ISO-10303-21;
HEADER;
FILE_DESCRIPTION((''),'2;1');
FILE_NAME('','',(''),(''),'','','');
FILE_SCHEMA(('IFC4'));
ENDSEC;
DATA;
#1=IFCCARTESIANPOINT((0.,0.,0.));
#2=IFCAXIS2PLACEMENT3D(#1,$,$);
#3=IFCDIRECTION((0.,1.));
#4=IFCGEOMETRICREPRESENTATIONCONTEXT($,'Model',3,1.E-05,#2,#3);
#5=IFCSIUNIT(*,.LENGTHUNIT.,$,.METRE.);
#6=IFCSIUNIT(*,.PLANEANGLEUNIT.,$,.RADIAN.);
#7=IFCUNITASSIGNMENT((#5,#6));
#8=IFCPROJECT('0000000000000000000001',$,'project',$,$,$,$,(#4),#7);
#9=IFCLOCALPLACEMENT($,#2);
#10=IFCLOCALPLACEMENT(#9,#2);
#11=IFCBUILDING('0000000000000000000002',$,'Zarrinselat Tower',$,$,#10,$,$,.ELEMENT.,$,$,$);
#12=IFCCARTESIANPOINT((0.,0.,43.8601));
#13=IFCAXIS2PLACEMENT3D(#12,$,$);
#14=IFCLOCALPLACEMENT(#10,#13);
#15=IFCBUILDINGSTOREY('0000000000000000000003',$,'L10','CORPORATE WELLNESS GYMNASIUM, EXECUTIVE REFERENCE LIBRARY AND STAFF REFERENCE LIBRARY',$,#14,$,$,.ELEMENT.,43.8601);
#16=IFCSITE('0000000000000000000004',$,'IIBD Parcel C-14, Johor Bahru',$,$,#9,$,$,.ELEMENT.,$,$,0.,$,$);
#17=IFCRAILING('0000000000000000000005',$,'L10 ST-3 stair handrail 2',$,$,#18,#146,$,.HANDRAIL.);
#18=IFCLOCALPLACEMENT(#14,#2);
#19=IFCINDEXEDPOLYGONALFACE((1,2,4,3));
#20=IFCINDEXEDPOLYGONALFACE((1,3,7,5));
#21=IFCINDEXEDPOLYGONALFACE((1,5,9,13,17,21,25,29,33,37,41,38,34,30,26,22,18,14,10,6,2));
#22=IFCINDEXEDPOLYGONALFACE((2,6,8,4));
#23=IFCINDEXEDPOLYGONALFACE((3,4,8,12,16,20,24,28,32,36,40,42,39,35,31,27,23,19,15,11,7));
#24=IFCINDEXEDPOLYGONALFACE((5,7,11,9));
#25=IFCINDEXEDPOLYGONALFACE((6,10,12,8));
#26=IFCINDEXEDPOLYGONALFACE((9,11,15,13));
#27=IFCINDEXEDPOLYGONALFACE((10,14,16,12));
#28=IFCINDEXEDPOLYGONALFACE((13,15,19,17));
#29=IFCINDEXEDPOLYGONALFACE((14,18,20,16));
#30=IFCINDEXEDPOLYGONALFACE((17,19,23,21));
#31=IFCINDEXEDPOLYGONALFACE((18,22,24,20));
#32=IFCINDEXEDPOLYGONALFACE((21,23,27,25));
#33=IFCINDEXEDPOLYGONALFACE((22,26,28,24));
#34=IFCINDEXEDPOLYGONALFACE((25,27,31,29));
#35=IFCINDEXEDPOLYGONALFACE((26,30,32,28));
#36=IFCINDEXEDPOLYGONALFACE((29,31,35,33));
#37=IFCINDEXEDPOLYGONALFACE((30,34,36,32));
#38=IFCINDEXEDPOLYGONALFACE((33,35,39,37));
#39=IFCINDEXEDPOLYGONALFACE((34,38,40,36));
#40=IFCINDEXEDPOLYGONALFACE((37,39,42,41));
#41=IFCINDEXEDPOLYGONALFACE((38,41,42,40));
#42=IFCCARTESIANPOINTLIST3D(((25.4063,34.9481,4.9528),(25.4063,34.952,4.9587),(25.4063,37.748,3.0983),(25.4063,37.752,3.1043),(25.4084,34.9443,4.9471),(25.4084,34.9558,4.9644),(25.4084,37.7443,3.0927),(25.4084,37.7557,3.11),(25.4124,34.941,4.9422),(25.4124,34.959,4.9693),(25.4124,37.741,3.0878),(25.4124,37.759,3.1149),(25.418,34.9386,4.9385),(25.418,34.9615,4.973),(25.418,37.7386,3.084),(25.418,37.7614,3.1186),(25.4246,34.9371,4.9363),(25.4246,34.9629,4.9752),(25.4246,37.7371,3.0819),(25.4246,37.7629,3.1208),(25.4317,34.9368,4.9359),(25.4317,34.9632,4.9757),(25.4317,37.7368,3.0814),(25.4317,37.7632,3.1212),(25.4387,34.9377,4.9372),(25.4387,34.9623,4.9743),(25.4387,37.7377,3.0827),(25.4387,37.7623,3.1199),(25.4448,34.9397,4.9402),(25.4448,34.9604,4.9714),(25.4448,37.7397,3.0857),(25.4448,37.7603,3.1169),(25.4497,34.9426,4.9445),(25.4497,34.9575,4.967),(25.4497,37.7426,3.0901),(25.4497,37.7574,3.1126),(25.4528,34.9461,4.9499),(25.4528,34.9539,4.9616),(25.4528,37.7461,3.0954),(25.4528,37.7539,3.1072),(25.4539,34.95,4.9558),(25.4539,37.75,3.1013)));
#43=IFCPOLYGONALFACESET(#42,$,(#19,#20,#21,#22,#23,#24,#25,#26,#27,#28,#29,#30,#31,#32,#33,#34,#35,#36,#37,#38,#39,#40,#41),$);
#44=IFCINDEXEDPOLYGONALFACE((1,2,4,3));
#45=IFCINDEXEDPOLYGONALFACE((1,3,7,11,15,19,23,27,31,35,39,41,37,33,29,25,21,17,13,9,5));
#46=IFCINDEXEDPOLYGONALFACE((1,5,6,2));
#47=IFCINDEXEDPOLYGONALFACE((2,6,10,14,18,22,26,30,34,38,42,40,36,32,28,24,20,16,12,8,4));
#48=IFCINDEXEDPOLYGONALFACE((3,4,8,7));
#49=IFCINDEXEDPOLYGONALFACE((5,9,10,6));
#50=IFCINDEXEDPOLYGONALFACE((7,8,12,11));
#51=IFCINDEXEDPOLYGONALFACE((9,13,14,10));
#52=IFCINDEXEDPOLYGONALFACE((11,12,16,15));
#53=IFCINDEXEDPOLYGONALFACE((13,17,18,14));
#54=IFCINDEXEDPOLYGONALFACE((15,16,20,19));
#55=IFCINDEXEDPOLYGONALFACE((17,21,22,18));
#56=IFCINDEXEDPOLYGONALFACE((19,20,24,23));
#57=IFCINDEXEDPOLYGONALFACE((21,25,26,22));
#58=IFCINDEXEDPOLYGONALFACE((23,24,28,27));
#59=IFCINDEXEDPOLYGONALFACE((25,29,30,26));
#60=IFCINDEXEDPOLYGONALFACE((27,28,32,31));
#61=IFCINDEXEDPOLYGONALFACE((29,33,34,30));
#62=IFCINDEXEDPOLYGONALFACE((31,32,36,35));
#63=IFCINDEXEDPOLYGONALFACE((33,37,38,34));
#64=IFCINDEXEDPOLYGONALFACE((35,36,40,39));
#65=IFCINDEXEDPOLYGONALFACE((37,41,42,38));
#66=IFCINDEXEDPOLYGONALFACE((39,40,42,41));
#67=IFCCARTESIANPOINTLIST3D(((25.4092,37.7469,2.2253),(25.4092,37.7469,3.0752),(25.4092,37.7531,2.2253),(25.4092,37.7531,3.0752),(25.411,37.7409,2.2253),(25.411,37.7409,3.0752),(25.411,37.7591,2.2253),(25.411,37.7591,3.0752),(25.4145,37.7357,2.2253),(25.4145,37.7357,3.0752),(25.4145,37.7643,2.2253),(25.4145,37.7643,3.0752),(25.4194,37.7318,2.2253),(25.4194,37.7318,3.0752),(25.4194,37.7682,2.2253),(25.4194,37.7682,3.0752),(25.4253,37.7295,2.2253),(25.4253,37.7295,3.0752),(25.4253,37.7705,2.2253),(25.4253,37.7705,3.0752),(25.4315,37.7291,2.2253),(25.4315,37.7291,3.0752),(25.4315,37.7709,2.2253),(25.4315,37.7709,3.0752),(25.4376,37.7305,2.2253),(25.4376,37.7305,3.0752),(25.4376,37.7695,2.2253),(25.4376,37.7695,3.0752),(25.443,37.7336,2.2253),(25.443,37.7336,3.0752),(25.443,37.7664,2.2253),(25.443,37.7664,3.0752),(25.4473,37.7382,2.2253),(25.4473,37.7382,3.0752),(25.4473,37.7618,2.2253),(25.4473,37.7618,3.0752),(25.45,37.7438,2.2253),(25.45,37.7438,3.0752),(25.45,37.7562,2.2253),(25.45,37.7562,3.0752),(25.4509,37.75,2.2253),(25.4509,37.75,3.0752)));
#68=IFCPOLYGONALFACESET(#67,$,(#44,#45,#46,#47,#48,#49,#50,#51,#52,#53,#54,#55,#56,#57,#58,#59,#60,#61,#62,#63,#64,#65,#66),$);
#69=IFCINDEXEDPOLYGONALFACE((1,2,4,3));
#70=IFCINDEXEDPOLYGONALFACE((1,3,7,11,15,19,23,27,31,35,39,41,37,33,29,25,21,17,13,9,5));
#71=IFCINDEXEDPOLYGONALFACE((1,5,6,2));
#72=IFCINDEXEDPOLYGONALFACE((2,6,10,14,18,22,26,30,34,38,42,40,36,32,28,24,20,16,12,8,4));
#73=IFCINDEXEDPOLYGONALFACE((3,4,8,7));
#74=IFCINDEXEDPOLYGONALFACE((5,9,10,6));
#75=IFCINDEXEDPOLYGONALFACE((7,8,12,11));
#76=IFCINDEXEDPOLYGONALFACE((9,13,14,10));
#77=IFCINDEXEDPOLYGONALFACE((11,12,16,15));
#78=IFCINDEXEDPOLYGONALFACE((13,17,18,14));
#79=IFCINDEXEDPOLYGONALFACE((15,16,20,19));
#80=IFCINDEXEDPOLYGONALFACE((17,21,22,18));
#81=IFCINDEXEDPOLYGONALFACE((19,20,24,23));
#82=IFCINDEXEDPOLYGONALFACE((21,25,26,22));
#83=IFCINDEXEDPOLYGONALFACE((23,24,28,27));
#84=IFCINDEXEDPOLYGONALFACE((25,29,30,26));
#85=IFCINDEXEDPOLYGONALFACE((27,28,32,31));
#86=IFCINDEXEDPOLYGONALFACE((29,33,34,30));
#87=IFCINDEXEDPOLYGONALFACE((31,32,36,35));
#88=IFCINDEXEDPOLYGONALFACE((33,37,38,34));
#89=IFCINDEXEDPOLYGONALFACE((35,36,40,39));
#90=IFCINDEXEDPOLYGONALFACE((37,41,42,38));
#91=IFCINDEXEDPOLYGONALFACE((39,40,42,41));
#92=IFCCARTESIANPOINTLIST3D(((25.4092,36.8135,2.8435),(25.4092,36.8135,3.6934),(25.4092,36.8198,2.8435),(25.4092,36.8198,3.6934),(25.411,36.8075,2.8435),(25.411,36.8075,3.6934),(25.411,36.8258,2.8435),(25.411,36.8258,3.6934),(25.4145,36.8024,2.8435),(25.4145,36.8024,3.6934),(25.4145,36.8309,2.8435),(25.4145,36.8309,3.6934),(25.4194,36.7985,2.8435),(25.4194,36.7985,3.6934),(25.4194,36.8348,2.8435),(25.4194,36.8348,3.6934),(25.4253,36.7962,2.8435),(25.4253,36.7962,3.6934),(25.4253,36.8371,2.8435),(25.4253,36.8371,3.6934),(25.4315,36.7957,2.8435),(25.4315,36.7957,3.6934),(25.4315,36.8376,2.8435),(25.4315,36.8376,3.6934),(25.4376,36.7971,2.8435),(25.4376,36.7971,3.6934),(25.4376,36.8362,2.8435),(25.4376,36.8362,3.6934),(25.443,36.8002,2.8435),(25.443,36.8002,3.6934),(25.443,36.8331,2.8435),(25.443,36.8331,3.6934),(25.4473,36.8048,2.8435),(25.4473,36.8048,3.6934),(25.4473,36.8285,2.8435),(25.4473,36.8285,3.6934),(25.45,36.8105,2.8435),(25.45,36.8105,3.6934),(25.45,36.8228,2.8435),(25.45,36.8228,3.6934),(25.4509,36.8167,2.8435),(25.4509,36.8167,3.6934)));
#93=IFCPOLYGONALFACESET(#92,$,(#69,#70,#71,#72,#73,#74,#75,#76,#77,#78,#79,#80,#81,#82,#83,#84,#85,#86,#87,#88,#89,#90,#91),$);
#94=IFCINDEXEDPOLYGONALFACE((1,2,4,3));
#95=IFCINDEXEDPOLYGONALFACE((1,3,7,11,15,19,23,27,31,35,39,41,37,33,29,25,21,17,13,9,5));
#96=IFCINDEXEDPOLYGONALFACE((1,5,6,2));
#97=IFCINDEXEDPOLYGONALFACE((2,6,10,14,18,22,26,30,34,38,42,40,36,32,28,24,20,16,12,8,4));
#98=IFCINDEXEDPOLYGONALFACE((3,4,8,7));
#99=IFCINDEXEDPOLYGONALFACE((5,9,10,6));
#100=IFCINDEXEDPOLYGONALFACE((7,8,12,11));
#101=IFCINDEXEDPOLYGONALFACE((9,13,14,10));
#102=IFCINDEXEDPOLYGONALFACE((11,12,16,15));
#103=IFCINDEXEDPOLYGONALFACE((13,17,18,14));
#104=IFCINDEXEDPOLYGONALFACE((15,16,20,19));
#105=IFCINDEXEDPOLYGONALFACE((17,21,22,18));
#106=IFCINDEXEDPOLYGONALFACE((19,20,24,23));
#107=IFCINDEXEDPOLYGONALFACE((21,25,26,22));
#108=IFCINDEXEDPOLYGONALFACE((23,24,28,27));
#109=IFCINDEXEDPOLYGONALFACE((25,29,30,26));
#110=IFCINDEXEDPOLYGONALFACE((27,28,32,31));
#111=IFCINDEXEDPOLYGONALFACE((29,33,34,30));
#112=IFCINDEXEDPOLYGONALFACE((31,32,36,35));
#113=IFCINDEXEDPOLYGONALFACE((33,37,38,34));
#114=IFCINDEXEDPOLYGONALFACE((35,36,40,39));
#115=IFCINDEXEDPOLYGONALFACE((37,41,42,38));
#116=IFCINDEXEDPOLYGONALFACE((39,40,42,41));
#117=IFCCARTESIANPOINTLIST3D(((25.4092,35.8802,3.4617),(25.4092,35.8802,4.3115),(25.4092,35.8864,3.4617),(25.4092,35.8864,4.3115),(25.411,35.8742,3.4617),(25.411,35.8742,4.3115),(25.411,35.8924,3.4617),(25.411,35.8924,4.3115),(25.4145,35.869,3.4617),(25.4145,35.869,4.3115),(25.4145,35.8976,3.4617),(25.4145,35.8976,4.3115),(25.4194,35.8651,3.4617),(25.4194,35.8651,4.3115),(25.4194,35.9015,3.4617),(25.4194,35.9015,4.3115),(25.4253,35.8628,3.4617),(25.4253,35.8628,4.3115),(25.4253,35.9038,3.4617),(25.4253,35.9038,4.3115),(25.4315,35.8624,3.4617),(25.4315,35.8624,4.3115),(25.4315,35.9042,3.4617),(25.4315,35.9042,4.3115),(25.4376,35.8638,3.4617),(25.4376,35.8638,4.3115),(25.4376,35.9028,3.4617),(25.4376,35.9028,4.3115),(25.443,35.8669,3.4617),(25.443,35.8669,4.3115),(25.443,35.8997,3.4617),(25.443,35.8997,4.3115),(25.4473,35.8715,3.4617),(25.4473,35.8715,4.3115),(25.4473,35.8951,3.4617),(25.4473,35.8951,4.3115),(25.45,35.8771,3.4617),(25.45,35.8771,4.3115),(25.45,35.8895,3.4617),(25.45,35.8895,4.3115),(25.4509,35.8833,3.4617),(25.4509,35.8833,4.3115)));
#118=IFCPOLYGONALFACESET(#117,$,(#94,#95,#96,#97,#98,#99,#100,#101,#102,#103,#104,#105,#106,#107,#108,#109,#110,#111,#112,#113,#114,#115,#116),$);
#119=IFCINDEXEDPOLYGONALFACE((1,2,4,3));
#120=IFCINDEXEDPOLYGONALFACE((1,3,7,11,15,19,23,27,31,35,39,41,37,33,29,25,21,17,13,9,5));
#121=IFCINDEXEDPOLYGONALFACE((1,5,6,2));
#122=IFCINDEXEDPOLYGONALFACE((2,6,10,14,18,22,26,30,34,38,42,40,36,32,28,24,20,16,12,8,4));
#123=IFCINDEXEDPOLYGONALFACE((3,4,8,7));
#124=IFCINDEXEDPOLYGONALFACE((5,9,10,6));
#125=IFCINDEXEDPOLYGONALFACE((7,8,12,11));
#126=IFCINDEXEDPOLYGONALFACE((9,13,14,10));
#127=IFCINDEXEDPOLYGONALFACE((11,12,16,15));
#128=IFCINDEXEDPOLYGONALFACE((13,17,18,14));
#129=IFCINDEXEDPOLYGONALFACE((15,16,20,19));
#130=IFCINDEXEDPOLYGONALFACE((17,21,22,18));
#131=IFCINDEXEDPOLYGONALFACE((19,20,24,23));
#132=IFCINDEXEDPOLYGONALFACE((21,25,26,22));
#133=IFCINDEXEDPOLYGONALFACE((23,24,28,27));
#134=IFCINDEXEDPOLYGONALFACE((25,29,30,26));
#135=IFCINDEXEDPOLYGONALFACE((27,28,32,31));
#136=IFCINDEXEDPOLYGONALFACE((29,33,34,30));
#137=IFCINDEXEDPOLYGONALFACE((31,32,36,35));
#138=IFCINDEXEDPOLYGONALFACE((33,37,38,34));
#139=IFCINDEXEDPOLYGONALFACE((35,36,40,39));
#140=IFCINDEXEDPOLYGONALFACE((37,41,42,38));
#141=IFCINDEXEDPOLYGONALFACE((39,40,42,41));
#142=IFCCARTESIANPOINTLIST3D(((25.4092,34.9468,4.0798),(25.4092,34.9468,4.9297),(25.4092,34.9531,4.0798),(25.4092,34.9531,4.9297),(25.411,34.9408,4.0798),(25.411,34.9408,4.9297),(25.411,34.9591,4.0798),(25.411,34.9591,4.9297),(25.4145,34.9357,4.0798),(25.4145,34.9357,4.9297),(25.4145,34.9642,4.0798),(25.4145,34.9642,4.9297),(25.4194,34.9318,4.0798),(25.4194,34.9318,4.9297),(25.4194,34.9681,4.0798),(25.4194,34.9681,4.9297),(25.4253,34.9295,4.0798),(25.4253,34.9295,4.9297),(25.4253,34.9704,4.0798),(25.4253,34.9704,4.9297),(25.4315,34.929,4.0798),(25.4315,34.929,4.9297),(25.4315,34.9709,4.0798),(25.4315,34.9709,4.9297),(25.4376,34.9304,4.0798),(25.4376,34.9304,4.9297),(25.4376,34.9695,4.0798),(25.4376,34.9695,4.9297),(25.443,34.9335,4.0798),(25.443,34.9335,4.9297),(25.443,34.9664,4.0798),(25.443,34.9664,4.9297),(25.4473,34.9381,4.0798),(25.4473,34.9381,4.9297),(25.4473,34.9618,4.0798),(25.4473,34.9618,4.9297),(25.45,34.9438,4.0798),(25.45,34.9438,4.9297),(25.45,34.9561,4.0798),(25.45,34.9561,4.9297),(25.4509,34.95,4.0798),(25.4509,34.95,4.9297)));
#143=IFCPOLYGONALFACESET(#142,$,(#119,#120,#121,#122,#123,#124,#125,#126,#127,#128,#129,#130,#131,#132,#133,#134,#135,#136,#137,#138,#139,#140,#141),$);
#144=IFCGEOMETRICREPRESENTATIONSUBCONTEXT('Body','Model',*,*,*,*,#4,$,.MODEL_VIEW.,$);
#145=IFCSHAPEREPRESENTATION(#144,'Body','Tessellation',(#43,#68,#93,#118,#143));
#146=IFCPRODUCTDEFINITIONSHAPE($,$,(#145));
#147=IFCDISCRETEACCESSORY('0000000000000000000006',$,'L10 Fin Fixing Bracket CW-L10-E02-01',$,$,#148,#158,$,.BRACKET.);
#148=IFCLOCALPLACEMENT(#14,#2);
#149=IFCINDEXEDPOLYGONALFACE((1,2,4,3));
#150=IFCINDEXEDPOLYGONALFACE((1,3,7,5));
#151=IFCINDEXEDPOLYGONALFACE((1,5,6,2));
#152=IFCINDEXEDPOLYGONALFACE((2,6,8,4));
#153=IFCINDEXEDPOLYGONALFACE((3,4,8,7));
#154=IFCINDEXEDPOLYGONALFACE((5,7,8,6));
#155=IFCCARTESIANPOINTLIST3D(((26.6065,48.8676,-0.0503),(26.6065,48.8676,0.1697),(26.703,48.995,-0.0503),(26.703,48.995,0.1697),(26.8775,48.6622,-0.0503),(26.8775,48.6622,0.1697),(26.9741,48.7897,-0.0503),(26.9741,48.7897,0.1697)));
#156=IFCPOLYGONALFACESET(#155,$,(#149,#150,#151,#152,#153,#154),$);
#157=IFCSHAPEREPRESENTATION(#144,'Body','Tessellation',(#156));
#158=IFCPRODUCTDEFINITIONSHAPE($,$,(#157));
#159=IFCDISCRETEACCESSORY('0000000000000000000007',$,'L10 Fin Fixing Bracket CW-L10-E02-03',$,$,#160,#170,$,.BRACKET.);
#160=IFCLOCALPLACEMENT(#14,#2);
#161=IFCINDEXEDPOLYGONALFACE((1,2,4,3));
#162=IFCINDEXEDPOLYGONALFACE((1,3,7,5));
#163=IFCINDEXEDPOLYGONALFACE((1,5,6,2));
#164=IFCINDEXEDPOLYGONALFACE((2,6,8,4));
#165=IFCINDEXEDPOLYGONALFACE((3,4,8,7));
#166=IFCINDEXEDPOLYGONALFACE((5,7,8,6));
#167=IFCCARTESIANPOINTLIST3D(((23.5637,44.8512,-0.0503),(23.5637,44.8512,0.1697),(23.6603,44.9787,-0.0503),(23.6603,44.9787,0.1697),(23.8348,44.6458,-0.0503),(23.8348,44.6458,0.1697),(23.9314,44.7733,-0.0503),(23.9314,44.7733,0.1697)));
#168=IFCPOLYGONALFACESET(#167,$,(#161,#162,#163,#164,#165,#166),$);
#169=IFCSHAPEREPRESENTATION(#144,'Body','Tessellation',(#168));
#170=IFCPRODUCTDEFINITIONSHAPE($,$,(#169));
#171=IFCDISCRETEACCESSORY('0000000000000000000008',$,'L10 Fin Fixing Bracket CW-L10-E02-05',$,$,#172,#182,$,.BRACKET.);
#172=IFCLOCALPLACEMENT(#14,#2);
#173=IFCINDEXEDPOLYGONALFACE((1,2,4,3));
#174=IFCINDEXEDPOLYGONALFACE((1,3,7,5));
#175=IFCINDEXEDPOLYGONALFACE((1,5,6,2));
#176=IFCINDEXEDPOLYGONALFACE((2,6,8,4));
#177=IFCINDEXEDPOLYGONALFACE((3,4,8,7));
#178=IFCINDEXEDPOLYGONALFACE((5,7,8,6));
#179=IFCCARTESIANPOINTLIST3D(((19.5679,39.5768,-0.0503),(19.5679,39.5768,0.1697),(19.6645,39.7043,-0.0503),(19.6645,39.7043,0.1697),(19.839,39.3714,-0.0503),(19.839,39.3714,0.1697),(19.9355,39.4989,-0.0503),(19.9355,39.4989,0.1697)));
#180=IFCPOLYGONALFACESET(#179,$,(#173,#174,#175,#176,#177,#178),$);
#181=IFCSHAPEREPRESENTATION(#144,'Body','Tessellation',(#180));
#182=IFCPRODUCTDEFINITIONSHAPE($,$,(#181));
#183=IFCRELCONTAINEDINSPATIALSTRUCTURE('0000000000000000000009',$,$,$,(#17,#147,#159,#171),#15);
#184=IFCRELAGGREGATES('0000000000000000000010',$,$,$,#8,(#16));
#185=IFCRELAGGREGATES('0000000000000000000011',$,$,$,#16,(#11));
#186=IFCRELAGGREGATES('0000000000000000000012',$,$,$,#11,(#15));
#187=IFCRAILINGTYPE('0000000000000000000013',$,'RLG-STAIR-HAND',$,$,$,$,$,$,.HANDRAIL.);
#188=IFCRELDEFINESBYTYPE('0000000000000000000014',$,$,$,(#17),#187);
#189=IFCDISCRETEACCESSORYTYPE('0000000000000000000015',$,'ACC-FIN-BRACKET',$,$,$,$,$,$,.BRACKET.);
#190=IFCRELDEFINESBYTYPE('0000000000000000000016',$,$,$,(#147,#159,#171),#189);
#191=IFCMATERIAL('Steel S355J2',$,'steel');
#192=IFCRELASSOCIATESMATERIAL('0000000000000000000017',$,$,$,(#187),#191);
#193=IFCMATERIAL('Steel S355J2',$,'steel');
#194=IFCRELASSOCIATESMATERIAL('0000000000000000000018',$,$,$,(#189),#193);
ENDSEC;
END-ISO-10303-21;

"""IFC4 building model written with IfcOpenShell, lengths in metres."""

from ifc_helpers import new_model, si_unit, direction, frame, origin, origin_2d, place, context, subcontext, project, spatial, rectangle, circle, extrude, material, type_object, element, save


model = new_model("IFC4")

# Units and contexts
model_context = context("Model", 3, precision=1e-05, world=origin(), true_north=direction((0.0, 1.0)))
body_context = subcontext(model_context, "Body", "Model", "MODEL_VIEW")
ifc_project = project(units=[si_unit("LENGTHUNIT", "METRE"), si_unit("PLANEANGLEUNIT", "RADIAN")], contexts=[model_context])

# Site, building, storey
site_placement = place(None, origin())
site = spatial("IfcSite", under=ifc_project, at=site_placement, Name="IIBD Parcel C-14, Johor Bahru", CompositionType="ELEMENT", RefElevation=0.0)
building_placement = place(site_placement, origin())
building = spatial("IfcBuilding", under=site, at=building_placement, Name="Zarrinselat Tower", CompositionType="ELEMENT")
storey_placement = place(building_placement, frame((0.0, 0.0, 43.8601)))
storey = spatial("IfcBuildingStorey", under=building, at=storey_placement, Name="L10", Description="CORPORATE WELLNESS GYMNASIUM, EXECUTIVE REFERENCE LIBRARY AND STAFF REFERENCE LIBRARY", CompositionType="ELEMENT", Elevation=43.8601)

# Railing
ifc_material_1 = material(Name="Steel S355J2", Category="steel")
railing_type_1 = type_object("IfcRailingType", Name="RLG-STAIR-HAND", PredefinedType="HANDRAIL", material=ifc_material_1)
railing_1_placement = place(storey_placement, frame((25.4299, 37.75, 2.2253)))
element("IfcRailing", 1, at=railing_1_placement, inside=storey, type_object=railing_type_1, Name="L10 ST-3 stair handrail 2", PredefinedType="HANDRAIL", context=body_context, shape_type="SweptSolid", body=[
    extrude(circle(Radius=0.0239, at=origin_2d()), frame((0.0, 0.0, 0.876), z_axis=(0.0, -0.833724, 0.552181), x_axis=(1.0, 0.0, 0.0)), (0.0, 0.0, 1.0), 3.3584),
    extrude(circle(Radius=0.021, at=origin_2d()), origin(), (0.0, 0.0, 1.0), 0.8499),
    extrude(circle(Radius=0.021, at=origin_2d()), frame((0.0, -0.9333, 0.6182)), (0.0, 0.0, 1.0), 0.8499),
    extrude(circle(Radius=0.021, at=origin_2d()), frame((0.0, -1.8667, 1.2363)), (0.0, 0.0, 1.0), 0.8499),
    extrude(circle(Radius=0.021, at=origin_2d()), frame((0.0, -2.8, 1.8545)), (0.0, 0.0, 1.0), 0.8499),
])

# Discrete accessories
ifc_material_2 = material(Name="Steel S355J2", Category="steel")
discrete_accessory_type = type_object("IfcDiscreteAccessoryType", Name="ACC-FIN-BRACKET", PredefinedType="BRACKET", material=ifc_material_2)
for number, where, z_axis, x_axis, name in (
    (2, (26.7903, 48.8286, -0.0503), (0.0, 0.0, 1.0), (-0.797093, 0.603857, 0.0), "L10 Fin Fixing Bracket CW-L10-E02-01"),
    (3, (23.7476, 44.8123, -0.0503), (0.0, 0.0, 1.0), (-0.797093, 0.603857, 0.0), "L10 Fin Fixing Bracket CW-L10-E02-03"),
    (4, (19.7517, 39.5378, -0.0503), (0.0, 0.0, 1.0), (-0.797093, 0.603857, 0.0), "L10 Fin Fixing Bracket CW-L10-E02-05"),
):
    element("IfcDiscreteAccessory", number, at=place(storey_placement, frame(where, z_axis=z_axis, x_axis=x_axis)), inside=storey, type_object=discrete_accessory_type, Name=name, PredefinedType="BRACKET", context=body_context, shape_type="SweptSolid", body=[
        extrude(rectangle(XDim=0.3401, YDim=0.1599, at=origin_2d()), origin(), (0.0, 0.0, 1.0), 0.22),
    ])

save(model, "model.ifc")
